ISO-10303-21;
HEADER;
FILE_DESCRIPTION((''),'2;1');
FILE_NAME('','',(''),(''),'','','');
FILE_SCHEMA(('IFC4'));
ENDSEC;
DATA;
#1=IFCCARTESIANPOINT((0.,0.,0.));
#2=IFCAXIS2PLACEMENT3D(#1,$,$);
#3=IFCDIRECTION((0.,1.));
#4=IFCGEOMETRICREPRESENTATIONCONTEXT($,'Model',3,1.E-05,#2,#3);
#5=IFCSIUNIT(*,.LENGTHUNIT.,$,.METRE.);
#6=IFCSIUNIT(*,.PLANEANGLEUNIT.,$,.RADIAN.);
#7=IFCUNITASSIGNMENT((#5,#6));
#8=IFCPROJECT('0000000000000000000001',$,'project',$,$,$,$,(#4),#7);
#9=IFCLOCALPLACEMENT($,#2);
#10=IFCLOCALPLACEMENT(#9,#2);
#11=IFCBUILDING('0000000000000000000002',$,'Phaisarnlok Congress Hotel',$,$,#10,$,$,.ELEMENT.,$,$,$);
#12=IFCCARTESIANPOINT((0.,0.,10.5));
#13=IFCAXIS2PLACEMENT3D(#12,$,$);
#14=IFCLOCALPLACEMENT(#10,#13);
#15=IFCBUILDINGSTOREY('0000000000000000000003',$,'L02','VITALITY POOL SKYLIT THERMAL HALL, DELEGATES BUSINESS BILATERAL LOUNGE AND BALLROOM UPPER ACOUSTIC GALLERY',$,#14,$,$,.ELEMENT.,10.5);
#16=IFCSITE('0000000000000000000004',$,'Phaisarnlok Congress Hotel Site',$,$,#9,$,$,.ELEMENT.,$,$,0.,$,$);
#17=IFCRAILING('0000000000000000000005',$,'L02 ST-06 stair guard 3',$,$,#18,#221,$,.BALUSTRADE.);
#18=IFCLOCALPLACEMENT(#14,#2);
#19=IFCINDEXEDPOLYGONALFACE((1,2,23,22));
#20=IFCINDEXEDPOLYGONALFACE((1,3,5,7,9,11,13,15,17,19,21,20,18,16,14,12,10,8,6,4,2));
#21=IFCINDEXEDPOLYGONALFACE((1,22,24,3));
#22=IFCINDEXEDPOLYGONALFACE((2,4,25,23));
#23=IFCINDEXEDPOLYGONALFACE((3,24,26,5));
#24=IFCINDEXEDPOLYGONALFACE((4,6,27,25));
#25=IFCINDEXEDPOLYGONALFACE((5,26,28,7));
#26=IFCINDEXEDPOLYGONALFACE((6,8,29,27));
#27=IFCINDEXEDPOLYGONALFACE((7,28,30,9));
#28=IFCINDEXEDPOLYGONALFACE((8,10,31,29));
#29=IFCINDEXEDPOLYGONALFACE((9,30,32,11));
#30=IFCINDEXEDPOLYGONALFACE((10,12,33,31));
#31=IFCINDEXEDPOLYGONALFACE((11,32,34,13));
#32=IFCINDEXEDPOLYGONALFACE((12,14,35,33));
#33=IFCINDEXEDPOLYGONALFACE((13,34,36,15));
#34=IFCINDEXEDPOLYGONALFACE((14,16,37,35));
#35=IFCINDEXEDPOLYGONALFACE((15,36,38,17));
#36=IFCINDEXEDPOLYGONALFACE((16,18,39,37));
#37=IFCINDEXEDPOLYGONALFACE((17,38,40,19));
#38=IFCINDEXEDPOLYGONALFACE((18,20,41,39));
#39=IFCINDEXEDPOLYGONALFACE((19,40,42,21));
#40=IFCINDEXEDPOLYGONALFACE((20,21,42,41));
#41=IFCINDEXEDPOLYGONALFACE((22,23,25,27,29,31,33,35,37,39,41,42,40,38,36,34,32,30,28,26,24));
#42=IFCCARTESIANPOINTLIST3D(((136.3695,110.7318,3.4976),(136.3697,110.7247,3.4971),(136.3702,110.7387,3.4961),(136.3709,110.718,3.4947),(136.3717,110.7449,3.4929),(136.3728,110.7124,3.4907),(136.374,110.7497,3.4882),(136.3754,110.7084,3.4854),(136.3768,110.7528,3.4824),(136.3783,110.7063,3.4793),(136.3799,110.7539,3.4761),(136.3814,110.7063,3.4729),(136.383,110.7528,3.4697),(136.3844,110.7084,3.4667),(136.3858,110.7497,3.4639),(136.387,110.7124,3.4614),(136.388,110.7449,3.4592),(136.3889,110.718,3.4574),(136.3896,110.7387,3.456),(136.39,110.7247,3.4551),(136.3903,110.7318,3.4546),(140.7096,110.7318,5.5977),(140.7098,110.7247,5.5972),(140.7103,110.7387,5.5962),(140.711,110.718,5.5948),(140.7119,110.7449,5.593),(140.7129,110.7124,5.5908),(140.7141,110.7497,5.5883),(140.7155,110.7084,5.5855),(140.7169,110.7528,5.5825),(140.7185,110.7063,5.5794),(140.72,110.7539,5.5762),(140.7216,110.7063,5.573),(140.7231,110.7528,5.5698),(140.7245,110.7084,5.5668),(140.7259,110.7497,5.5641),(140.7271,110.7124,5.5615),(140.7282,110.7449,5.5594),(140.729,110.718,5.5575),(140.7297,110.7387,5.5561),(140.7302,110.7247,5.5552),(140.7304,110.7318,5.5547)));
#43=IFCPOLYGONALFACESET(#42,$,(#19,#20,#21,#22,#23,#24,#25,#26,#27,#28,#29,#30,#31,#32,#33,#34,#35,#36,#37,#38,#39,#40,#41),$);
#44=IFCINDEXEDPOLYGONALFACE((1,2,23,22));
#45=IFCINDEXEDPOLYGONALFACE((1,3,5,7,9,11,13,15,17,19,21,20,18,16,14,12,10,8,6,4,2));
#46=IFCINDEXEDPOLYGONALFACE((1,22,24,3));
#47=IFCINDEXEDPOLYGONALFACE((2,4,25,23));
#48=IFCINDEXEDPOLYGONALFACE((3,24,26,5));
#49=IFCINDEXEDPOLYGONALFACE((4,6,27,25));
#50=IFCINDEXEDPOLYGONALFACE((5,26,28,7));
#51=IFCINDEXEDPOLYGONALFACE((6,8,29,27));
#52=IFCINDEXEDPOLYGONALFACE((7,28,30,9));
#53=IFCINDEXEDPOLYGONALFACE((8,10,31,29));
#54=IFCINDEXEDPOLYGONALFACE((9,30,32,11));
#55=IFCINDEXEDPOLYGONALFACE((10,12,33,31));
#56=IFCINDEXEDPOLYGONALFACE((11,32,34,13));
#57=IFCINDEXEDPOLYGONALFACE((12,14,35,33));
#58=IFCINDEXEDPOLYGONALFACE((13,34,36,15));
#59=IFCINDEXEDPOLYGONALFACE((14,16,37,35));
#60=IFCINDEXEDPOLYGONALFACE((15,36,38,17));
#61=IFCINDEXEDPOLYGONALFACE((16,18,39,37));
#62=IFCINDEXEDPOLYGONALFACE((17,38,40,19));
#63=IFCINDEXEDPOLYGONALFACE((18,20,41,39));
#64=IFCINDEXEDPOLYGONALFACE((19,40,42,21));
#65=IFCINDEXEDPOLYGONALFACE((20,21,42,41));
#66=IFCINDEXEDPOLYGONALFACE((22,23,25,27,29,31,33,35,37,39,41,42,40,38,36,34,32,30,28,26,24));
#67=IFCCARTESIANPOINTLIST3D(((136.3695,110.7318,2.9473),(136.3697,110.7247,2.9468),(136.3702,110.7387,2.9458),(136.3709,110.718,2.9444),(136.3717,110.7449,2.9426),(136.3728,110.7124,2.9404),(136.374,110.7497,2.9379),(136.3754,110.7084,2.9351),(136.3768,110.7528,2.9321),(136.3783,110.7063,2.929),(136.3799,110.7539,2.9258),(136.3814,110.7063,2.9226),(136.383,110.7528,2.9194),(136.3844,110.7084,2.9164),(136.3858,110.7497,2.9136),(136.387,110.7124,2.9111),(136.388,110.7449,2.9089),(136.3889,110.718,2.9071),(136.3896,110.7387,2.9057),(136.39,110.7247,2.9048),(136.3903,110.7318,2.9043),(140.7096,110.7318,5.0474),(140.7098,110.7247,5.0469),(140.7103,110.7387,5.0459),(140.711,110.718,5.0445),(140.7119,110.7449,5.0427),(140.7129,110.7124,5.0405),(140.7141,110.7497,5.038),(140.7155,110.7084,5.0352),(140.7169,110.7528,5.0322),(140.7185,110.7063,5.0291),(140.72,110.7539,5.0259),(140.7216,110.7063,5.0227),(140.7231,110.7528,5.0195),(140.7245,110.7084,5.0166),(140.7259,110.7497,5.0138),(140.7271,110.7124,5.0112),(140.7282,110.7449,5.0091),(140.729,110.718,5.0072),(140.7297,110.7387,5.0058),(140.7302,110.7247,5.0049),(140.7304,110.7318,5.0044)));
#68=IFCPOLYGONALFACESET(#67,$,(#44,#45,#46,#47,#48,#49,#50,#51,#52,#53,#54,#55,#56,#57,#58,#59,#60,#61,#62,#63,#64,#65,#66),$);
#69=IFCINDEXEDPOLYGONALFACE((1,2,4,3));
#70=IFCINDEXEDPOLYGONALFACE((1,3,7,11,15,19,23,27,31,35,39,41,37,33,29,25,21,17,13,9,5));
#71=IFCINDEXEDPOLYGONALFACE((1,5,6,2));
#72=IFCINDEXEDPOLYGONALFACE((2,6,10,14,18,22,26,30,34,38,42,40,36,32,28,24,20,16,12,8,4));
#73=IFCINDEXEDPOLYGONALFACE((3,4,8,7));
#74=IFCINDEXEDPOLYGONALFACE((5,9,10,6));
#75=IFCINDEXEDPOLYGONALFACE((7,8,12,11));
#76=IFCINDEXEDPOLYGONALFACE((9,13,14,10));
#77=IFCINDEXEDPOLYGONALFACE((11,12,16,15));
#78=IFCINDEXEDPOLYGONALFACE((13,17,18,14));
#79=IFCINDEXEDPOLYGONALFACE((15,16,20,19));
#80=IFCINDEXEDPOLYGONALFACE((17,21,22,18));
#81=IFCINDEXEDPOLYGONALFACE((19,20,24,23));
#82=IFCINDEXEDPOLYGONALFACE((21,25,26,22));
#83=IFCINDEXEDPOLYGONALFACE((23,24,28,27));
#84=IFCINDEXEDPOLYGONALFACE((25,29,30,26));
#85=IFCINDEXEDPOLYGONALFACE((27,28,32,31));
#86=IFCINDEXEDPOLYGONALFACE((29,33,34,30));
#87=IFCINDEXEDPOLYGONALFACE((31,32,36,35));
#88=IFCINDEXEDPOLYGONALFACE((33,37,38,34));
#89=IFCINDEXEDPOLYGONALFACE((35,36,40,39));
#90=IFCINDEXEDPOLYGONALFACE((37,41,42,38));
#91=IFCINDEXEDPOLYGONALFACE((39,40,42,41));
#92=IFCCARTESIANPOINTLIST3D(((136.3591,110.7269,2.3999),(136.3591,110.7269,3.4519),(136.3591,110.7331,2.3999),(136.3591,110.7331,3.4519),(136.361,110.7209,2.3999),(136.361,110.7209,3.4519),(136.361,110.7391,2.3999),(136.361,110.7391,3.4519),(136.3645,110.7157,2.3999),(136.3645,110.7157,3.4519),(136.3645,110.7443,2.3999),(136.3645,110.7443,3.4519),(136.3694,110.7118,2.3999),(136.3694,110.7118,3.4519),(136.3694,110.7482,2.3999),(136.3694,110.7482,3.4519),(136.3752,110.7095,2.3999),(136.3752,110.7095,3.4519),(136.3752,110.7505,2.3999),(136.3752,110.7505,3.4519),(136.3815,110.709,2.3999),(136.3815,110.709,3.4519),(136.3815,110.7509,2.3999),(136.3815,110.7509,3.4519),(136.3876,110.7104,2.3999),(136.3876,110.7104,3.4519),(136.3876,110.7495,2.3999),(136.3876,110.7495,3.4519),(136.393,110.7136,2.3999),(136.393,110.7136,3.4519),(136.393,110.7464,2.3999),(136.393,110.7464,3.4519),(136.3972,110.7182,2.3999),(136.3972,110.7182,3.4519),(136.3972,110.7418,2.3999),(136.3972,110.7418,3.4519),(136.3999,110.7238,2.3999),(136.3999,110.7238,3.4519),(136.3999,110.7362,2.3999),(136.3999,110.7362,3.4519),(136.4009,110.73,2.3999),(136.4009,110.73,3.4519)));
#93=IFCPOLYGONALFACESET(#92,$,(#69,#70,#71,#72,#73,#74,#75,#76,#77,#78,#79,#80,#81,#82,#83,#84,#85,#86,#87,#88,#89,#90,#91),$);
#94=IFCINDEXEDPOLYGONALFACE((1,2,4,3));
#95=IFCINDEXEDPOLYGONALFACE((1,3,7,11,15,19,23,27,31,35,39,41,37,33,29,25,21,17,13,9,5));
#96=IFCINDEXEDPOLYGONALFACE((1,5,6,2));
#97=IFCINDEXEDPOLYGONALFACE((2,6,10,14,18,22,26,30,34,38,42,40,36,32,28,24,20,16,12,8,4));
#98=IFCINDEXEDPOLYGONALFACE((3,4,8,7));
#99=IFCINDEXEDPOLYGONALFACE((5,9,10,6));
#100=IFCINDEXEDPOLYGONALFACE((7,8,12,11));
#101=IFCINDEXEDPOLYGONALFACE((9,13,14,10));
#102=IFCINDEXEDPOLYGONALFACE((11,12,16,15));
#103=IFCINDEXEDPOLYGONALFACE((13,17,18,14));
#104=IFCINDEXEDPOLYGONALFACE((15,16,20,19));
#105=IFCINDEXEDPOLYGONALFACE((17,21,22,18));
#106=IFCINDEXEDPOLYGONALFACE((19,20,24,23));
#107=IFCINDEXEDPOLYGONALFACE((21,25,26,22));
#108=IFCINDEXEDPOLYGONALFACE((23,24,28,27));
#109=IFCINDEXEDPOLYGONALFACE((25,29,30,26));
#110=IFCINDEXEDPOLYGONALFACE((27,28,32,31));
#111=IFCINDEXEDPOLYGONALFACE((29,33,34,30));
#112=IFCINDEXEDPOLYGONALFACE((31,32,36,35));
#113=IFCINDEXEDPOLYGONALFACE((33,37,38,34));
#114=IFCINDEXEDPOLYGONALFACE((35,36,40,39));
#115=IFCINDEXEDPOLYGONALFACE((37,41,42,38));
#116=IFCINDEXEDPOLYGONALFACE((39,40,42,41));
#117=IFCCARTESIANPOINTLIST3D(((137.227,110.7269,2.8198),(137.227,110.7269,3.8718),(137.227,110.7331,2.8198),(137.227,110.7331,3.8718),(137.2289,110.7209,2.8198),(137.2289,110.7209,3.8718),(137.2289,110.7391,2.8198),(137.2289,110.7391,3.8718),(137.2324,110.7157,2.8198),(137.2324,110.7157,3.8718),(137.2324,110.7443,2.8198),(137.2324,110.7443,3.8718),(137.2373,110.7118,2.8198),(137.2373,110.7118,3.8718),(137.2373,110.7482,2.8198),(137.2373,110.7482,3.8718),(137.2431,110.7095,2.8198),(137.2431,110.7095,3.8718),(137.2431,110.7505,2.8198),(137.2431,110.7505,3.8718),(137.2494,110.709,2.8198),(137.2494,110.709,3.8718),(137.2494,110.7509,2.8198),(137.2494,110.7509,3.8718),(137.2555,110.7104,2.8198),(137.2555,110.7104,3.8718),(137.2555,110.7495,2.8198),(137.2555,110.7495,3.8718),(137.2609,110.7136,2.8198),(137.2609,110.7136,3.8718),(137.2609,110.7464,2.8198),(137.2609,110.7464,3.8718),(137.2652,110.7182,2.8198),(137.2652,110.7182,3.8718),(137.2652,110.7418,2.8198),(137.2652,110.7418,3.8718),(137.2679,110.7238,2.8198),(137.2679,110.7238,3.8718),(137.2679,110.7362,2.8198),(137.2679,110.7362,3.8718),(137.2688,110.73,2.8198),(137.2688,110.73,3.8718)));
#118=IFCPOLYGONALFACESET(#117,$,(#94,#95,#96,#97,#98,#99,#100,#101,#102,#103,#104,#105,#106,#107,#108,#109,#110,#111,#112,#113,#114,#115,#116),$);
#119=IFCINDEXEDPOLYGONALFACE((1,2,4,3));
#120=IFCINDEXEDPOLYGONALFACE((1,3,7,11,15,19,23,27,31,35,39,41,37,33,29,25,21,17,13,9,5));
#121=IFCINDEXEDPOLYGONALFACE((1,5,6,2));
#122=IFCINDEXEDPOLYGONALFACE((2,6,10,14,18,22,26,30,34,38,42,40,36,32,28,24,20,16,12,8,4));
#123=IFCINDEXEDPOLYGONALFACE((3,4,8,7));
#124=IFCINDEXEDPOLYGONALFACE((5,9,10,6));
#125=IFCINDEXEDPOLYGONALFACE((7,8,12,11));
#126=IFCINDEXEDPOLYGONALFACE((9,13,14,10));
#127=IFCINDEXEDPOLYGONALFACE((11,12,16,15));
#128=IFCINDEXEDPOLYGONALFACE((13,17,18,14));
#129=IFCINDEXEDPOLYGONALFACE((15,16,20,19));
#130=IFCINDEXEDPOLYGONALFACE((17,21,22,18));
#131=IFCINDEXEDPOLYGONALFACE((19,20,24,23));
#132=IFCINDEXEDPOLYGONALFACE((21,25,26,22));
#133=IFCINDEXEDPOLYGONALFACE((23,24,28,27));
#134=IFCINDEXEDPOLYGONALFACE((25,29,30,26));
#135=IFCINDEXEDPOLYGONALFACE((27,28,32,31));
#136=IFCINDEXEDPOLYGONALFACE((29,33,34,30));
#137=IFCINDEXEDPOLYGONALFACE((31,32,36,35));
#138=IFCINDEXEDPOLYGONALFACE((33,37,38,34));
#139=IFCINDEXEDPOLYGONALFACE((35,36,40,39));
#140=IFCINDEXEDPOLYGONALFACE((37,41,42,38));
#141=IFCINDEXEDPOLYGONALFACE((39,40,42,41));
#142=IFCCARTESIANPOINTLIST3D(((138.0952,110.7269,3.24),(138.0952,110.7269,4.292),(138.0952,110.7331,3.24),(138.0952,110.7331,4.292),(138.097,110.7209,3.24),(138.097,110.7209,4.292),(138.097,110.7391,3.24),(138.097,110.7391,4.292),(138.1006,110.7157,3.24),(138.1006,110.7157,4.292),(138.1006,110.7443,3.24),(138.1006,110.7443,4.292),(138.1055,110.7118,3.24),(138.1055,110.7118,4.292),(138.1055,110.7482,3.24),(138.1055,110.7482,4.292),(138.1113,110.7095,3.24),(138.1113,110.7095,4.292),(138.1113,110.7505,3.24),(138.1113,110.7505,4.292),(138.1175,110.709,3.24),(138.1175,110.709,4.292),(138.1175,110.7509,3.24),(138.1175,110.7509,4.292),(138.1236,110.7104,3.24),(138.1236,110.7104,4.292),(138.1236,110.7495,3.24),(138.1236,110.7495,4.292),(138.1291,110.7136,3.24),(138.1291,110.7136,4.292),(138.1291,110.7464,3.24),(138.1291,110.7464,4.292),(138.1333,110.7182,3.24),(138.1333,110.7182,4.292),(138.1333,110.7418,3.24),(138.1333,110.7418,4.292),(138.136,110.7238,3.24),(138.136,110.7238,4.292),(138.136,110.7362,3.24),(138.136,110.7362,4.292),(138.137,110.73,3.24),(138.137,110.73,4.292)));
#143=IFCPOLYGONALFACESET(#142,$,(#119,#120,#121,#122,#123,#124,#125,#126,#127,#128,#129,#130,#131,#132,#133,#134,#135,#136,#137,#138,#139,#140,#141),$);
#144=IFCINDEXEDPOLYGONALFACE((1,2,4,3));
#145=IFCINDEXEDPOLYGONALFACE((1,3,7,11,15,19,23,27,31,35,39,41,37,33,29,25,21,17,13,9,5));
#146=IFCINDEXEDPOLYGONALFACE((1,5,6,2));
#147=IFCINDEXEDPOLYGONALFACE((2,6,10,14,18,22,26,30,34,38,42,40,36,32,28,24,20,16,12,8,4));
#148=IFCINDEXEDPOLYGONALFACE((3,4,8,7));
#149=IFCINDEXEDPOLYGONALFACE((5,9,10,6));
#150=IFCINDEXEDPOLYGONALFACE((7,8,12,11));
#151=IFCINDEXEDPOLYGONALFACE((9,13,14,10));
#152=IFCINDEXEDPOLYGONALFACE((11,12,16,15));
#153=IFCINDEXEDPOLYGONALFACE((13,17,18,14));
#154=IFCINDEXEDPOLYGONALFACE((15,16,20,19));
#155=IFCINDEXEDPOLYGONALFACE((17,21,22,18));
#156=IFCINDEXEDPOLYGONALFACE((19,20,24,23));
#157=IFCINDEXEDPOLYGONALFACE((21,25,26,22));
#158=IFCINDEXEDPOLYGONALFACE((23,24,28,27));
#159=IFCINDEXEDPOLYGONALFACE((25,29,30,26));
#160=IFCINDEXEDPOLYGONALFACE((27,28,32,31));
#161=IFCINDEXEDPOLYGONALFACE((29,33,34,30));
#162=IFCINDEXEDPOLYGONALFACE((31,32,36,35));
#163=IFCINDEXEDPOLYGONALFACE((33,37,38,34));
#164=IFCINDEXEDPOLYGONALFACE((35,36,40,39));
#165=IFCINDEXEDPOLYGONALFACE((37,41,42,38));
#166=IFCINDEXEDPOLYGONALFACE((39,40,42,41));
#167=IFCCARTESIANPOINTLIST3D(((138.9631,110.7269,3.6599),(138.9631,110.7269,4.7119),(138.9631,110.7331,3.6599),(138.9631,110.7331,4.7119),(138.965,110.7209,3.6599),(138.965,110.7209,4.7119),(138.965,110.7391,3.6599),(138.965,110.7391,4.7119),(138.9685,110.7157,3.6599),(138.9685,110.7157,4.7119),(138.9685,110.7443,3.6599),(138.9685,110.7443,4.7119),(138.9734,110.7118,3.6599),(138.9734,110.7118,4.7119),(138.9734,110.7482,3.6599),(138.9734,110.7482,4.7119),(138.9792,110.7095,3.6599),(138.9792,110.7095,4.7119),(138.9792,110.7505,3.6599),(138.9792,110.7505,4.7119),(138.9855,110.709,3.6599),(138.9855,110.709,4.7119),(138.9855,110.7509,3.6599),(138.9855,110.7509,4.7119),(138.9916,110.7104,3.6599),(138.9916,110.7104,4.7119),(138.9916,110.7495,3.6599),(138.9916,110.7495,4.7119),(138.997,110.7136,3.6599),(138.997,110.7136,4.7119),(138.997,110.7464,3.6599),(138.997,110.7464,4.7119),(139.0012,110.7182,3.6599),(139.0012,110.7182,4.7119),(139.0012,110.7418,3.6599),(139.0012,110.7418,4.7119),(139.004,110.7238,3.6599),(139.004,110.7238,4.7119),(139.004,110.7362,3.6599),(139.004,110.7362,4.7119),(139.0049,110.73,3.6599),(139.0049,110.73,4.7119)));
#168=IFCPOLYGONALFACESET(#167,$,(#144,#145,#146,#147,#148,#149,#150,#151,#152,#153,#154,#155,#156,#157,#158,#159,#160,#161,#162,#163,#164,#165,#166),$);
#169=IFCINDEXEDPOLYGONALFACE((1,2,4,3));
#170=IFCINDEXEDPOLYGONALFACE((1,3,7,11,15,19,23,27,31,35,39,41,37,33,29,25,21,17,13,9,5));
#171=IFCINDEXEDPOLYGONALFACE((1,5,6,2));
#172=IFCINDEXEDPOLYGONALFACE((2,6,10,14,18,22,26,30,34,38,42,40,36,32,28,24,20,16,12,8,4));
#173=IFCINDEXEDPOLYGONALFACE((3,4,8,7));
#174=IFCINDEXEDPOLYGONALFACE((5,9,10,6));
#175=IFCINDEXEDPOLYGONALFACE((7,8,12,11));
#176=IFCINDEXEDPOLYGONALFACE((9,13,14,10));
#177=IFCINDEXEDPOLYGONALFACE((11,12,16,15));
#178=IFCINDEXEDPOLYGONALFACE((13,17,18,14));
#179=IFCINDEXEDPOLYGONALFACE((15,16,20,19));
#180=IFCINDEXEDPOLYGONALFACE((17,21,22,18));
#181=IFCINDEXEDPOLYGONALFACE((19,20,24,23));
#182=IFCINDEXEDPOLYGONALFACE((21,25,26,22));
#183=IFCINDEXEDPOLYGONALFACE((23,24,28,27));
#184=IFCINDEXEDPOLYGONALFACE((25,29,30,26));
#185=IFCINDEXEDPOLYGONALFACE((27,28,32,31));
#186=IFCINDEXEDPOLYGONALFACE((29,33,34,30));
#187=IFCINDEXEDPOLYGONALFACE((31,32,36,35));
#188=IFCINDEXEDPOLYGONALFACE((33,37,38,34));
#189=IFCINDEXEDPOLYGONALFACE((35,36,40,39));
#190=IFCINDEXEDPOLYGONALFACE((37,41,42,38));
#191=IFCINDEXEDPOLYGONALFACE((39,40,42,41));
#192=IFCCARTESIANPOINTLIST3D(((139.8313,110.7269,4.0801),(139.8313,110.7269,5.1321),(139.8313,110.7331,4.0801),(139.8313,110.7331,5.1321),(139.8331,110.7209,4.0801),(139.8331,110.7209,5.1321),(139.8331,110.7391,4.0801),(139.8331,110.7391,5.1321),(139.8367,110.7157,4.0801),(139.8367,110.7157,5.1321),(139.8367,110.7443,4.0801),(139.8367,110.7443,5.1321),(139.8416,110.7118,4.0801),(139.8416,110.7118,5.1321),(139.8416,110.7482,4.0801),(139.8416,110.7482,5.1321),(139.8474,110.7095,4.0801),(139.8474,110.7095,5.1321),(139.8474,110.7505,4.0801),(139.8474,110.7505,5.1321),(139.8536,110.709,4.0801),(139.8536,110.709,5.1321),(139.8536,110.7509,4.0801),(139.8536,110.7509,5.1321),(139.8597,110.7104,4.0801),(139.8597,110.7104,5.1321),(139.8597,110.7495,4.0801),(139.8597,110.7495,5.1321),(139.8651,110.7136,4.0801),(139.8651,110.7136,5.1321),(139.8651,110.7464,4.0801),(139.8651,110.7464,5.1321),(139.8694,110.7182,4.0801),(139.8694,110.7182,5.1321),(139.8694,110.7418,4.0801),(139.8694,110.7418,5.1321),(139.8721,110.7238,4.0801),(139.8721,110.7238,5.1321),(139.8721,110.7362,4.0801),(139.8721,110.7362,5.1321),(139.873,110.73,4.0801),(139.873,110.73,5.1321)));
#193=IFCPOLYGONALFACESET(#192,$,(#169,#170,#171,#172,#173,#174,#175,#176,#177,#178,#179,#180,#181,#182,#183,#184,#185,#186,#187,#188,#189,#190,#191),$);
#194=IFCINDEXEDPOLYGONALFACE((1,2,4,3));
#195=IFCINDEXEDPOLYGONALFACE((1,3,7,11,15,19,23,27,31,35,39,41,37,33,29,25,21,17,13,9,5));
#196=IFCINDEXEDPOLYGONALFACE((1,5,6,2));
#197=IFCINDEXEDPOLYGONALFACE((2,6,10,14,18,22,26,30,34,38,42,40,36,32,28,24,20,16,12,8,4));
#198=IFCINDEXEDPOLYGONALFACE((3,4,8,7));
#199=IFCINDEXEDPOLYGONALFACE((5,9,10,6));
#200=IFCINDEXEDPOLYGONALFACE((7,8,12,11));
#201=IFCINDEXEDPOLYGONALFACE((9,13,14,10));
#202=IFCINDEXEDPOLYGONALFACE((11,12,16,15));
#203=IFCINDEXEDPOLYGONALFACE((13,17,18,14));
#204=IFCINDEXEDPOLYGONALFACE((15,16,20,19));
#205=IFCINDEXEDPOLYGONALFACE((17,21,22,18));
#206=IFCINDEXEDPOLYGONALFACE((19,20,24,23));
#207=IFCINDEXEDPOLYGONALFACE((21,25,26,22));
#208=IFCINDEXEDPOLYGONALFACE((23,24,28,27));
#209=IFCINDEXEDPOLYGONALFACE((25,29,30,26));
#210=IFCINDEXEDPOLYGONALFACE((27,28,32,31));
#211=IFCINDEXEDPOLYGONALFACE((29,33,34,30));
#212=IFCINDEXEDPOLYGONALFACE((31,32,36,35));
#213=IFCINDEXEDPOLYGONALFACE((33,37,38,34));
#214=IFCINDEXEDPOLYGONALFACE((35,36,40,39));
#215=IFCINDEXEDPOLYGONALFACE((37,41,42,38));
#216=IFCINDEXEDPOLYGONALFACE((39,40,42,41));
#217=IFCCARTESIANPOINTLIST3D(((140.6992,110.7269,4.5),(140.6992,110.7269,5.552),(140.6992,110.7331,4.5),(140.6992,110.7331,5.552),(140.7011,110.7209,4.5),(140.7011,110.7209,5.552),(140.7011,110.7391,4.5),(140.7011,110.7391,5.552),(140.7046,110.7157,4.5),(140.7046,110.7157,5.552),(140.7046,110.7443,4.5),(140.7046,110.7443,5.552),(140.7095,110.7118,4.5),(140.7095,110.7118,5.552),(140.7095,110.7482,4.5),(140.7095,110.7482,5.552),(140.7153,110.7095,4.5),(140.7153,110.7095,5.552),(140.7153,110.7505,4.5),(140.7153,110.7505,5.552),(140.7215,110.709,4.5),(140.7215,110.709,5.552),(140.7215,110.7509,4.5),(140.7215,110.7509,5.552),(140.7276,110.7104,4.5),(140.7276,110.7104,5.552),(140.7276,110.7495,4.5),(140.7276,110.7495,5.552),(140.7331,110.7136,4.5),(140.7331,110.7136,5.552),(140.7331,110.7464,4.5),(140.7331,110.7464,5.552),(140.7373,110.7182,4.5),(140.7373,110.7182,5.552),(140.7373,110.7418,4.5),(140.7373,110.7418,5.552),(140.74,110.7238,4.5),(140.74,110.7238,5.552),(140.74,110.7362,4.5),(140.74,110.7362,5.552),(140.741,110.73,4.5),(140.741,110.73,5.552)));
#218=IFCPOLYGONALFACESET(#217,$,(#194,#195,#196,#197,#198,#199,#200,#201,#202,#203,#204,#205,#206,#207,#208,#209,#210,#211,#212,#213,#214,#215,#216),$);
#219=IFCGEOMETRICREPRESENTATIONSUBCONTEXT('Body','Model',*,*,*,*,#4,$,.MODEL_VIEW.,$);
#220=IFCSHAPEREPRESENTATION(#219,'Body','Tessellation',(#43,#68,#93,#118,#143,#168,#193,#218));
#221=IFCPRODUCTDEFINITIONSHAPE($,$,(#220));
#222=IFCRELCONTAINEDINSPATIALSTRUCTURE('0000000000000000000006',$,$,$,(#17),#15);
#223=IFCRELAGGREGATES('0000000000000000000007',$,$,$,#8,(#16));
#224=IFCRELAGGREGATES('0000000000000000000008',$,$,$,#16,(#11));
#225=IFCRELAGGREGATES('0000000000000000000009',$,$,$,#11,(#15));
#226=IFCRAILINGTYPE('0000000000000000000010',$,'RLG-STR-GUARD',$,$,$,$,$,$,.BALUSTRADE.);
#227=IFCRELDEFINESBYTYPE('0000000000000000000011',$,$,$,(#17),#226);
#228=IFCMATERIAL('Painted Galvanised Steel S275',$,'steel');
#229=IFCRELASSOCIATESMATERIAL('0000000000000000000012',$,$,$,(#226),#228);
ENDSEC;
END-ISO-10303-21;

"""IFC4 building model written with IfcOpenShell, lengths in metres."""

from ifc_helpers import new_model, si_unit, direction, frame, origin, origin_2d, place, context, subcontext, project, spatial, circle, extrude, material, type_object, element, save


model = new_model("IFC4")

# Units and contexts
model_context = context("Model", 3, precision=1e-05, world=origin(), true_north=direction((0.0, 1.0)))
body_context = subcontext(model_context, "Body", "Model", "MODEL_VIEW")
ifc_project = project(units=[si_unit("LENGTHUNIT", "METRE"), si_unit("PLANEANGLEUNIT", "RADIAN")], contexts=[model_context])

# Site, building, storey
site_placement = place(None, origin())
site = spatial("IfcSite", under=ifc_project, at=site_placement, Name="Phaisarnlok Congress Hotel Site", CompositionType="ELEMENT", RefElevation=0.0)
building_placement = place(site_placement, origin())
building = spatial("IfcBuilding", under=site, at=building_placement, Name="Phaisarnlok Congress Hotel", CompositionType="ELEMENT")
storey_placement = place(building_placement, frame((0.0, 0.0, 10.5)))
storey = spatial("IfcBuildingStorey", under=building, at=storey_placement, Name="L02", Description="VITALITY POOL SKYLIT THERMAL HALL, DELEGATES BUSINESS BILATERAL LOUNGE AND BALLROOM UPPER ACOUSTIC GALLERY", CompositionType="ELEMENT", Elevation=10.5)

# Railing
ifc_material_1 = material(Name="Painted Galvanised Steel S275", Category="steel")
railing_type_1 = type_object("IfcRailingType", Name="RLG-STR-GUARD", PredefinedType="BALUSTRADE", material=ifc_material_1)
railing_1_placement = place(storey_placement, frame((136.3799, 110.73, 2.3999)))
element("IfcRailing", 1, at=railing_1_placement, inside=storey, type_object=railing_type_1, Name="L02 ST-06 stair guard 3", PredefinedType="BALUSTRADE", context=body_context, shape_type="SweptSolid", body=[
    extrude(circle(Radius=0.0239, at=origin_2d()), frame((0.0, 0.0, 1.0762), z_axis=(0.900155, 0.0, 0.43557), x_axis=(0.0, 1.0, 0.0)), (0.0, 0.0, 1.0), 4.8215),
    extrude(circle(Radius=0.0239, at=origin_2d()), frame((0.0, 0.0, 0.5259), z_axis=(0.900155, 0.0, 0.43557), x_axis=(0.0, 1.0, 0.0)), (0.0, 0.0, 1.0), 4.8215),
    extrude(circle(Radius=0.021, at=origin_2d()), origin(), (0.0, 0.0, 1.0), 1.052),
    extrude(circle(Radius=0.021, at=origin_2d()), frame((0.8679, 0.0, 0.4199)), (0.0, 0.0, 1.0), 1.052),
    extrude(circle(Radius=0.021, at=origin_2d()), frame((1.7361, 0.0, 0.8401)), (0.0, 0.0, 1.0), 1.052),
    extrude(circle(Radius=0.021, at=origin_2d()), frame((2.604, 0.0, 1.26)), (0.0, 0.0, 1.0), 1.052),
    extrude(circle(Radius=0.021, at=origin_2d()), frame((3.4722, 0.0, 1.6802)), (0.0, 0.0, 1.0), 1.052),
    extrude(circle(Radius=0.021, at=origin_2d()), frame((4.3401, 0.0, 2.1001)), (0.0, 0.0, 1.0), 1.052),
])

save(model, "model.ifc")
